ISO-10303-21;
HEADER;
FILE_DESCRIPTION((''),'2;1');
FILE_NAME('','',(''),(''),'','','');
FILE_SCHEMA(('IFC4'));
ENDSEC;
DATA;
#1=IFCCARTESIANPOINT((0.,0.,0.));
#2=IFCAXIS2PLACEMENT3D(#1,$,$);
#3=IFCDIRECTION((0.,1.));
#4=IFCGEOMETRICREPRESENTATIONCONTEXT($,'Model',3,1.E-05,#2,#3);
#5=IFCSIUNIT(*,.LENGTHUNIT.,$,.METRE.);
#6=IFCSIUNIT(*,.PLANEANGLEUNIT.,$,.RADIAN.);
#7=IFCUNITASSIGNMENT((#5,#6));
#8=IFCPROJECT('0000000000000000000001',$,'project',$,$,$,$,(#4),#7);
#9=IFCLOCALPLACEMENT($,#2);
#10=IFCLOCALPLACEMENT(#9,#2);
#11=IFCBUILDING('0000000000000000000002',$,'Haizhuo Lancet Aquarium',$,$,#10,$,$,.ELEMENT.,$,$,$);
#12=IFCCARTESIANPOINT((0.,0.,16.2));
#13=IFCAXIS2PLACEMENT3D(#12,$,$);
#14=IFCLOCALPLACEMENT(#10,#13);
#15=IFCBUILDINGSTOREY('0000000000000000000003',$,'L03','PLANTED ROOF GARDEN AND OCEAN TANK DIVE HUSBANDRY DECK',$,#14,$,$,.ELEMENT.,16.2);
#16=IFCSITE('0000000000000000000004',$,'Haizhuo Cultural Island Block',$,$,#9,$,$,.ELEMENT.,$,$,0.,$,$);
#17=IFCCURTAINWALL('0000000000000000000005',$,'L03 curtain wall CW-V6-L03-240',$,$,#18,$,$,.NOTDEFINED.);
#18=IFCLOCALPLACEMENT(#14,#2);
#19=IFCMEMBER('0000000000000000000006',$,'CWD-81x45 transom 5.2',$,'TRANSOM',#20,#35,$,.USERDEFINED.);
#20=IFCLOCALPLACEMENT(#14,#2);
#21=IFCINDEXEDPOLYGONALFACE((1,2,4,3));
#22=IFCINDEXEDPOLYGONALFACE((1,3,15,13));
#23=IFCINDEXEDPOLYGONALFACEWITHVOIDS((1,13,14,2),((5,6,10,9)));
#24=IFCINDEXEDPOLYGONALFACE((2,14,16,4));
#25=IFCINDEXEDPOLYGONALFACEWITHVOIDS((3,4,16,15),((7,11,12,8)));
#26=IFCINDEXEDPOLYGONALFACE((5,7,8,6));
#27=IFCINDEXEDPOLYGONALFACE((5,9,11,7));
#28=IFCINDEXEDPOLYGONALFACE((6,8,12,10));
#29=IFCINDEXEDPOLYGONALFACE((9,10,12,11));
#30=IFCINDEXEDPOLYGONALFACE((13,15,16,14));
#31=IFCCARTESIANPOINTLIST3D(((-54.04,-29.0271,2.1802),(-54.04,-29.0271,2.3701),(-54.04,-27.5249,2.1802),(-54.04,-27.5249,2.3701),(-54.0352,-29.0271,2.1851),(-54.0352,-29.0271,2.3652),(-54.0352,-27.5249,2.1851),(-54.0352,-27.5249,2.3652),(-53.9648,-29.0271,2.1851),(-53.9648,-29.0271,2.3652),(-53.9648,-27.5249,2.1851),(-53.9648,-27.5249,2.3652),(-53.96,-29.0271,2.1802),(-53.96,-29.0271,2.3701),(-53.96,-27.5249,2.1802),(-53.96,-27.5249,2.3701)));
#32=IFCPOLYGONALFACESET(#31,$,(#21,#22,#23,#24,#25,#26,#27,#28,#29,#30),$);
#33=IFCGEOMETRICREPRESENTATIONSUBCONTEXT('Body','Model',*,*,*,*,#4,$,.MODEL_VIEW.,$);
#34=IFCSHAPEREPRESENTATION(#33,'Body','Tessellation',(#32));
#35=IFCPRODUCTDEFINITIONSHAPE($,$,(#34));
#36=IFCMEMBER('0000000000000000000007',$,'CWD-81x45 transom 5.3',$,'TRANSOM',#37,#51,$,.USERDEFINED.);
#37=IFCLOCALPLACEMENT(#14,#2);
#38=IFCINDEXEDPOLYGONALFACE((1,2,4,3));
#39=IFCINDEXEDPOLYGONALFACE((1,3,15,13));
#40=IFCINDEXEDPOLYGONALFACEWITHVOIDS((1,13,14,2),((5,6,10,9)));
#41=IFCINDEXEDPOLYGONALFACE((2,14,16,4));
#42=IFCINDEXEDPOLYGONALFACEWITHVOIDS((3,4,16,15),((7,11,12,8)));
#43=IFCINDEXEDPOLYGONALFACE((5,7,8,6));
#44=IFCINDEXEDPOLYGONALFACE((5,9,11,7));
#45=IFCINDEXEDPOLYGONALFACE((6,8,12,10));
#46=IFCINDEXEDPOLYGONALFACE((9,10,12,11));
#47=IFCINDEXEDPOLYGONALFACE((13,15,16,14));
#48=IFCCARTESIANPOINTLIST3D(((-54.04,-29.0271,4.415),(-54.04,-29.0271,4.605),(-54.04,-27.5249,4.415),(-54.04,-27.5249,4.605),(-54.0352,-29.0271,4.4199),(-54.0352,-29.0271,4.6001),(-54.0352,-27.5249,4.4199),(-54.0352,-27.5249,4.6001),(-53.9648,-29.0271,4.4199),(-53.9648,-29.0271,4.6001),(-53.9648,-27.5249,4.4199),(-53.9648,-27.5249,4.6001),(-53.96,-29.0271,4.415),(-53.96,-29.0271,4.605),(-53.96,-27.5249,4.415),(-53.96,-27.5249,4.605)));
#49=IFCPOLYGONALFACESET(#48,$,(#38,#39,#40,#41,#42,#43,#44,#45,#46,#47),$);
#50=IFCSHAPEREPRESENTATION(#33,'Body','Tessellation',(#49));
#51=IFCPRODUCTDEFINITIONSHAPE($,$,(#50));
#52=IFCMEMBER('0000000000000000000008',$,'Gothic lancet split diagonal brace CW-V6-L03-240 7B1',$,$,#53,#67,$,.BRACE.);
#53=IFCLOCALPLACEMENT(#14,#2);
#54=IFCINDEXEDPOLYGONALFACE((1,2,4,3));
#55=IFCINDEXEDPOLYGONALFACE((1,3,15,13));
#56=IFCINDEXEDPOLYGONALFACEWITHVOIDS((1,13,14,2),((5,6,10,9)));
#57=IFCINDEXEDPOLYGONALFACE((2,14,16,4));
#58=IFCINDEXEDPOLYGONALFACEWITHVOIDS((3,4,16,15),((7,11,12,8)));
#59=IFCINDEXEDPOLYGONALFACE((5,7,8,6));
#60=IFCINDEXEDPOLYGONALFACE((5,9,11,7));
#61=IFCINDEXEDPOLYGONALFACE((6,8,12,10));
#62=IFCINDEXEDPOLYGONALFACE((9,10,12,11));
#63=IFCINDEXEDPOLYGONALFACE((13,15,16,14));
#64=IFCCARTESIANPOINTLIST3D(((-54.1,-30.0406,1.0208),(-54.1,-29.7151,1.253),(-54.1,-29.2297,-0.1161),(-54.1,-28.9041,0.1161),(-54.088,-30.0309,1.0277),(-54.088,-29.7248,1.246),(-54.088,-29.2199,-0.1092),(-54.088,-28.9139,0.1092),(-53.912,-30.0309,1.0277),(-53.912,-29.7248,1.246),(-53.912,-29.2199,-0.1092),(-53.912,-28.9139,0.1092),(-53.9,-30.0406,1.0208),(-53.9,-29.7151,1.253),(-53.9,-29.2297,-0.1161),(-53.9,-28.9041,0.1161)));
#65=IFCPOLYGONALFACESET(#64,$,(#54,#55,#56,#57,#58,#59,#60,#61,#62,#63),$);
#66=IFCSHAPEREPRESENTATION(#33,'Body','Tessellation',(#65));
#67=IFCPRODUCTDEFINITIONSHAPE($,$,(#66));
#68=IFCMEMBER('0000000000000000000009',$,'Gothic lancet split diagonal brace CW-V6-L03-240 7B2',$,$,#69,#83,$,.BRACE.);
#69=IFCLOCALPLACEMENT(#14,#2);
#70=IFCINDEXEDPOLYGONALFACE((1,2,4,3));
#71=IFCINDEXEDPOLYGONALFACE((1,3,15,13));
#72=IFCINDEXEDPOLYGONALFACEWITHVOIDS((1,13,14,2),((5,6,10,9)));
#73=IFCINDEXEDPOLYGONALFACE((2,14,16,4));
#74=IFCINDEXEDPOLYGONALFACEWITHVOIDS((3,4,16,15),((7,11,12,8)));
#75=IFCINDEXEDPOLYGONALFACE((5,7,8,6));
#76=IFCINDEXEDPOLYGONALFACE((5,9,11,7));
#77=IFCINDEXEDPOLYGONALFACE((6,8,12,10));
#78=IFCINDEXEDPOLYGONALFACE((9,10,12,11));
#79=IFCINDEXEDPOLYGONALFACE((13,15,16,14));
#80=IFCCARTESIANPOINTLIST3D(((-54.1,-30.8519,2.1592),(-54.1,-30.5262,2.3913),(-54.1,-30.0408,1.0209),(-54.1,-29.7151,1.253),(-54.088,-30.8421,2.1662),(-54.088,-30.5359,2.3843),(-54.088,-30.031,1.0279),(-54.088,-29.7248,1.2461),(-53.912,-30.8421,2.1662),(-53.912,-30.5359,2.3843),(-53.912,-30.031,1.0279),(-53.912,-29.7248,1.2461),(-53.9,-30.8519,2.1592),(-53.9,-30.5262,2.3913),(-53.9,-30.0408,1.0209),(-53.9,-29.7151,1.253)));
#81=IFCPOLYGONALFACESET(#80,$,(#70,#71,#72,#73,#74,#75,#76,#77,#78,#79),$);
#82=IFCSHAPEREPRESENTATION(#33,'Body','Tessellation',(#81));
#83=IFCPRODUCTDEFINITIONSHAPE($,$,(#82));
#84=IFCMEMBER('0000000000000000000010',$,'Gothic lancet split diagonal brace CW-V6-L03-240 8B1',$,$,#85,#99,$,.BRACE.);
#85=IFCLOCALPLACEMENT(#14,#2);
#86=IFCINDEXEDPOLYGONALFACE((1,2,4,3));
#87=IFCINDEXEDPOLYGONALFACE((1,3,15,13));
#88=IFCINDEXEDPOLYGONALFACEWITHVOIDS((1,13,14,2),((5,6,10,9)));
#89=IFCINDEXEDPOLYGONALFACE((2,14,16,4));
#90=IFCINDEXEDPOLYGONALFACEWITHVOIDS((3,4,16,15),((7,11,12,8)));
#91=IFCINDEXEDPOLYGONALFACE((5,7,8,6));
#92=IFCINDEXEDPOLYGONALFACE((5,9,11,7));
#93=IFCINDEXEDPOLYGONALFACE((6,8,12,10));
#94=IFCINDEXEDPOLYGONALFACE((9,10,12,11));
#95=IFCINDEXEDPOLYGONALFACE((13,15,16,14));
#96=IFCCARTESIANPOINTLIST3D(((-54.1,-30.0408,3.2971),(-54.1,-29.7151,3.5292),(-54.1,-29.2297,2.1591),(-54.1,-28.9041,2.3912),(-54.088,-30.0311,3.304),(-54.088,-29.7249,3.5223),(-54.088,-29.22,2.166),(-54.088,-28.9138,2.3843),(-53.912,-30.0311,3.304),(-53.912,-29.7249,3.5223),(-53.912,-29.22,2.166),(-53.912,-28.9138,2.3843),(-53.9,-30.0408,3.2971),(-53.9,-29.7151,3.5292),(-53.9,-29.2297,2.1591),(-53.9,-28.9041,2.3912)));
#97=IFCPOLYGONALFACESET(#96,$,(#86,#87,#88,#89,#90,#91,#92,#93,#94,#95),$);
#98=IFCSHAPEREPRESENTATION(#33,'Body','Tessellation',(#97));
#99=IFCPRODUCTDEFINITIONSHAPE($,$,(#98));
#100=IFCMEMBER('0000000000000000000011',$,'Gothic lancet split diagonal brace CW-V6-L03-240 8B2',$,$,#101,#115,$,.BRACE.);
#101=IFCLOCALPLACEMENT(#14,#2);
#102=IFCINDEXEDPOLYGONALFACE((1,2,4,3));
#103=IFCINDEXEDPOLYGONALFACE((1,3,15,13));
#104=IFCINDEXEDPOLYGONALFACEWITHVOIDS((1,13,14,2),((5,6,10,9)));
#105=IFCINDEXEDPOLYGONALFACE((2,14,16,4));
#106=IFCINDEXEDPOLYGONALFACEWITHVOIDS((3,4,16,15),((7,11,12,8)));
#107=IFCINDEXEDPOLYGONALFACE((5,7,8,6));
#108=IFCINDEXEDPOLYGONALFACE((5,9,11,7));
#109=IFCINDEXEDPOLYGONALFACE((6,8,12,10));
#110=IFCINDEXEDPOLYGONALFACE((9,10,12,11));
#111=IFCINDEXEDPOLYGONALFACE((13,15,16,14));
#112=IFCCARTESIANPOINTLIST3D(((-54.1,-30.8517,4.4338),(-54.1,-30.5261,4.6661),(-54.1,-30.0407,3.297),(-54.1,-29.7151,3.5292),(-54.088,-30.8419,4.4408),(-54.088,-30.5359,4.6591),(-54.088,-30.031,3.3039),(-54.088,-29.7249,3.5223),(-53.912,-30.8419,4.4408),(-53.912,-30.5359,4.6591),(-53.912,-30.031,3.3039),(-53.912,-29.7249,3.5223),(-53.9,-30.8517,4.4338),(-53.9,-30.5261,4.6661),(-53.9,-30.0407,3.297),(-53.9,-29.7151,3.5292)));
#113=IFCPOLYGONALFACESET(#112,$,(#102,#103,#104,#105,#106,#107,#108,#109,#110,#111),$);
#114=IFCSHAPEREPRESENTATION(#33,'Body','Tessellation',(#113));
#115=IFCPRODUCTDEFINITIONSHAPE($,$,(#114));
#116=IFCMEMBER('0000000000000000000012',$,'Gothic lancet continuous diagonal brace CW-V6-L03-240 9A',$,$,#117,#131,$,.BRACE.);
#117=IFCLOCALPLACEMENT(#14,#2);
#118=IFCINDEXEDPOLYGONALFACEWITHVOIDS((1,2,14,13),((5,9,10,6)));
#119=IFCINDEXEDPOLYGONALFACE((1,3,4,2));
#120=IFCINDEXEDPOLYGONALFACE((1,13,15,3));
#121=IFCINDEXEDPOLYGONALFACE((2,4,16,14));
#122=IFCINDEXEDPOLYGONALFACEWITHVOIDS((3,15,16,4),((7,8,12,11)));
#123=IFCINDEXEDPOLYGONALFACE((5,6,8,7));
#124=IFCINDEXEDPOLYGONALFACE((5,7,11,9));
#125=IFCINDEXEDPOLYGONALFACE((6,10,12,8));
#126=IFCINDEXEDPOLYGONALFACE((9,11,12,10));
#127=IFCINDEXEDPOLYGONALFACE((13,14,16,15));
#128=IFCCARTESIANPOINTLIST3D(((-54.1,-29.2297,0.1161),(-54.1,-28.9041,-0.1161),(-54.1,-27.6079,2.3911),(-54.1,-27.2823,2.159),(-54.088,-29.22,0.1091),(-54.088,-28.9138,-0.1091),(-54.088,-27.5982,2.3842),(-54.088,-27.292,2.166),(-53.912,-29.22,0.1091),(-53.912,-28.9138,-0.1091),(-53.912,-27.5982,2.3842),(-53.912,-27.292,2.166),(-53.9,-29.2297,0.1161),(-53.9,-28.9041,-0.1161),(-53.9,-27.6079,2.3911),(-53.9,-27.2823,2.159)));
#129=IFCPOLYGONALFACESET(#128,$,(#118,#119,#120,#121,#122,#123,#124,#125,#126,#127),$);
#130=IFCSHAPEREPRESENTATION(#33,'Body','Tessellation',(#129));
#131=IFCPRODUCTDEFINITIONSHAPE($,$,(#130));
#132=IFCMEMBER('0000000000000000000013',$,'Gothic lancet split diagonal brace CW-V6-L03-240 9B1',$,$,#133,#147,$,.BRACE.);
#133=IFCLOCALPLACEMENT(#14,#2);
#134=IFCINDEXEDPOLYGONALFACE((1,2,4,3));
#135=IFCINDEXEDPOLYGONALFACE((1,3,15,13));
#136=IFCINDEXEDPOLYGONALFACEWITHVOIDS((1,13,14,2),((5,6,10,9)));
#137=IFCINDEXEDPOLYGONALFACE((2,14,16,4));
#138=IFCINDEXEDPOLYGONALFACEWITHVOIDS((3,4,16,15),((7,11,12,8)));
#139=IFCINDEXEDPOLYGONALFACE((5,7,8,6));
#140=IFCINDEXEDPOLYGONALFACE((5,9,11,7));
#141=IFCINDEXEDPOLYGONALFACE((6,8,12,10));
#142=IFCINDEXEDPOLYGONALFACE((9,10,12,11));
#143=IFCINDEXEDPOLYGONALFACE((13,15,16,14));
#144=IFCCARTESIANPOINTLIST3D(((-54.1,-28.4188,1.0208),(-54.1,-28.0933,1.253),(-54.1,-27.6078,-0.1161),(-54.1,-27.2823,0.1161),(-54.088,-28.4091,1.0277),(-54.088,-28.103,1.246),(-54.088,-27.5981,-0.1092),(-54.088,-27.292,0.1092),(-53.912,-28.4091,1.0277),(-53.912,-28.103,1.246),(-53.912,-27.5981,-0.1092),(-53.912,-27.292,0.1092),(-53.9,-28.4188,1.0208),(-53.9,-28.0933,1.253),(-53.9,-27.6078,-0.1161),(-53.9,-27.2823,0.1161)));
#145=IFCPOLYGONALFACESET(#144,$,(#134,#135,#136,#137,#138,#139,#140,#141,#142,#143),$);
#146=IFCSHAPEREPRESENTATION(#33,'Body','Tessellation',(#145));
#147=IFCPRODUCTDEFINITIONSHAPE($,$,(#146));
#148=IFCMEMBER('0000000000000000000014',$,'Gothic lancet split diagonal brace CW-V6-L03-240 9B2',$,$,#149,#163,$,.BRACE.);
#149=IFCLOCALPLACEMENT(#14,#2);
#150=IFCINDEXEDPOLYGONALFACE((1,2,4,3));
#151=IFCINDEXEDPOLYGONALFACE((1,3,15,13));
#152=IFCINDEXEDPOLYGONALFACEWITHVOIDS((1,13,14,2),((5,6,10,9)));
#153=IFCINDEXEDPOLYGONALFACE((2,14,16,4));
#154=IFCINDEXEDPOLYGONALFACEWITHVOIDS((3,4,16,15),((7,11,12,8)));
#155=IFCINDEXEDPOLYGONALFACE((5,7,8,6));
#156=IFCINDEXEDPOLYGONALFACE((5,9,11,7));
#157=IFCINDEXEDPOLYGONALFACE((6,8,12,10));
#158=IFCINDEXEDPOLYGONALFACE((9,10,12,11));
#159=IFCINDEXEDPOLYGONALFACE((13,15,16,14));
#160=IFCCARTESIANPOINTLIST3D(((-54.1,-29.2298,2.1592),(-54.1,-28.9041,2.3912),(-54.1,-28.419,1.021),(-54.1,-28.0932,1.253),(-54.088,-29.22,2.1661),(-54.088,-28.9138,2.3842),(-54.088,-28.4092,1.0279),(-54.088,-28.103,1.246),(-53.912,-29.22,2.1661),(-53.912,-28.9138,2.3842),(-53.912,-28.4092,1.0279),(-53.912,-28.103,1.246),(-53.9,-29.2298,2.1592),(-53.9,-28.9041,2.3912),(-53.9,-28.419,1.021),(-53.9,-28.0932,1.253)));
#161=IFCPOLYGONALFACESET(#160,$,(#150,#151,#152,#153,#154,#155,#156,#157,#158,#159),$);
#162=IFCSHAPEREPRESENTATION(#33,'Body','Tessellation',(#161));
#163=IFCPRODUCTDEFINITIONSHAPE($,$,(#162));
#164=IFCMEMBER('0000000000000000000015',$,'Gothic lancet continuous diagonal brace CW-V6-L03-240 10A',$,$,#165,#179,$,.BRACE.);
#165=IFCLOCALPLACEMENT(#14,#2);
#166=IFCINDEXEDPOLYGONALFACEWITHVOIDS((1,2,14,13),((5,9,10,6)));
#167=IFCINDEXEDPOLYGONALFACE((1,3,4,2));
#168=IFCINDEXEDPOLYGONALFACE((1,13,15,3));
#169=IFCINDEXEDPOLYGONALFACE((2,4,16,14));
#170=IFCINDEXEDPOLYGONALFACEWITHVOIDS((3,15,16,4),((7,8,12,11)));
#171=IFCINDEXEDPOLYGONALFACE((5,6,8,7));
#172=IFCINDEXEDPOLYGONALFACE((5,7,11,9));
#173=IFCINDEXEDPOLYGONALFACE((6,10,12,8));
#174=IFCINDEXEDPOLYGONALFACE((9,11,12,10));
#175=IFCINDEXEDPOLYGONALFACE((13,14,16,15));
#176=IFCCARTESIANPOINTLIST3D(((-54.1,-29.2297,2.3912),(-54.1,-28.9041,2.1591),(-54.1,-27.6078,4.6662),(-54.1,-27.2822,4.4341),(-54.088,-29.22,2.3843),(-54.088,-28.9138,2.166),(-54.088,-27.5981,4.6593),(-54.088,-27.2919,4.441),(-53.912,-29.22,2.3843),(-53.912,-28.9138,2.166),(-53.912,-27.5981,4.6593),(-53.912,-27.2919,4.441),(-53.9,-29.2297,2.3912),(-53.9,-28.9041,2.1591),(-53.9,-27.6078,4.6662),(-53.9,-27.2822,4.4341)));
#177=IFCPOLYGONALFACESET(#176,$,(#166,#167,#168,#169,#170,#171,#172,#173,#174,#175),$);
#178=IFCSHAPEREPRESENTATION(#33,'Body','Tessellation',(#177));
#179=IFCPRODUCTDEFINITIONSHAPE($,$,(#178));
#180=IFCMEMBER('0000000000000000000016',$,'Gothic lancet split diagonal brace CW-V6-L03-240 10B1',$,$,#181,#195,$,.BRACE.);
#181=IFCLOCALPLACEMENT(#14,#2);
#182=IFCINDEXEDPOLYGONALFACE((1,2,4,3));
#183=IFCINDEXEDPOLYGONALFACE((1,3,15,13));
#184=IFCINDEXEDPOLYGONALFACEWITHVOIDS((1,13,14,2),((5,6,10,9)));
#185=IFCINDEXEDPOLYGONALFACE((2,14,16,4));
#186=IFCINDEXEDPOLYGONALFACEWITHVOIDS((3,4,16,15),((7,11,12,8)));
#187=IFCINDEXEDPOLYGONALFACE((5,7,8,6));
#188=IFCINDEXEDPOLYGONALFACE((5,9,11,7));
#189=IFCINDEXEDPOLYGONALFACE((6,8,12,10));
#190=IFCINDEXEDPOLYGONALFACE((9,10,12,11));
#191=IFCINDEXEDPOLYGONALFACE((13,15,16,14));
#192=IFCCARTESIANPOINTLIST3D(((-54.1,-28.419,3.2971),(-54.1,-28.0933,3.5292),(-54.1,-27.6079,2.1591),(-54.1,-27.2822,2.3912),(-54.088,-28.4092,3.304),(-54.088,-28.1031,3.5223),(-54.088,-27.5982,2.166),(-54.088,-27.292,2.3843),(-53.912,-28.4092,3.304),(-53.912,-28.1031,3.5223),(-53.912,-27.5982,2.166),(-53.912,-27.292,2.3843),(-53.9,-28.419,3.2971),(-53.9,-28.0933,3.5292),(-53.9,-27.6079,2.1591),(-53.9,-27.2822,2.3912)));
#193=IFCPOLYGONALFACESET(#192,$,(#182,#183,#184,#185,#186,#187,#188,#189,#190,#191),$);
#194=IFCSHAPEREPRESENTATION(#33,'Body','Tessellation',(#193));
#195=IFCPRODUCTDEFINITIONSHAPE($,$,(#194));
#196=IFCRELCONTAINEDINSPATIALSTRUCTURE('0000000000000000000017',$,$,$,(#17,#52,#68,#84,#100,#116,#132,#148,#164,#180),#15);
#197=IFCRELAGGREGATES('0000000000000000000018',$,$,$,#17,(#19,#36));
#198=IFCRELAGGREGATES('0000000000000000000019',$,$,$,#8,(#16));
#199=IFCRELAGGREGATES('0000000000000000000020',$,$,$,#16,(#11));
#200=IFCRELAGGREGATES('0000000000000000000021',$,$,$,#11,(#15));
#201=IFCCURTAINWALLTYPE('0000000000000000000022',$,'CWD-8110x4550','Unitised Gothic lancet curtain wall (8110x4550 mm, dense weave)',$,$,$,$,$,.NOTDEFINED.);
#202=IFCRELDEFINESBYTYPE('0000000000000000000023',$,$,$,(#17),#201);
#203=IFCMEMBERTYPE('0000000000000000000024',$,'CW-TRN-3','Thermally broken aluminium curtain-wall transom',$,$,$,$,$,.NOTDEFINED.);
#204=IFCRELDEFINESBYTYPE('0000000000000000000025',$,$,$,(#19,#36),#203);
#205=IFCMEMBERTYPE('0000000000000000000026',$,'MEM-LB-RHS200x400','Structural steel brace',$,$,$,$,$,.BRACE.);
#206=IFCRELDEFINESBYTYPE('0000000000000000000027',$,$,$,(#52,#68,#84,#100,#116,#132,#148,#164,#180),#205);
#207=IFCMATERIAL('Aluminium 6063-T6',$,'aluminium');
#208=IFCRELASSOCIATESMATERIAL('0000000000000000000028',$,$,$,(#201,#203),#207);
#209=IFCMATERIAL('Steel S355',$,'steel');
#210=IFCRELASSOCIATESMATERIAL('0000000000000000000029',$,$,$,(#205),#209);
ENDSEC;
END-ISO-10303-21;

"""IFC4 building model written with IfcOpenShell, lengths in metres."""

from ifc_helpers import new_model, si_unit, direction, frame, origin, origin_2d, place, context, subcontext, project, spatial, hollow_rectangle, extrude, material, material_profile, profile_set, type_object, element, aggregate, save


model = new_model("IFC4")

# Units and contexts
model_context = context("Model", 3, precision=1e-05, world=origin(), true_north=direction((0.0, 1.0)))
body_context = subcontext(model_context, "Body", "Model", "MODEL_VIEW")
ifc_project = project(units=[si_unit("LENGTHUNIT", "METRE"), si_unit("PLANEANGLEUNIT", "RADIAN")], contexts=[model_context])

# Site, building, storey
site_placement = place(None, origin())
site = spatial("IfcSite", under=ifc_project, at=site_placement, Name="Haizhuo Cultural Island Block", CompositionType="ELEMENT", RefElevation=0.0)
building_placement = place(site_placement, origin())
building = spatial("IfcBuilding", under=site, at=building_placement, Name="Haizhuo Lancet Aquarium", CompositionType="ELEMENT")
storey_placement = place(building_placement, frame((0.0, 0.0, 16.2)))
storey = spatial("IfcBuildingStorey", under=building, at=storey_placement, Name="L03", Description="PLANTED ROOF GARDEN AND OCEAN TANK DIVE HUSBANDRY DECK", CompositionType="ELEMENT", Elevation=16.2)

# Shared definitions
ifc_material_1 = material(Name="Steel S355", Category="steel")

# Curtain wall, members
ifc_material_2 = material(Name="Aluminium 6063-T6", Category="aluminium")
curtain_wall_type = type_object("IfcCurtainWallType", Name="CWD-8110x4550", Description="Unitised Gothic lancet curtain wall (8110x4550 mm, dense weave)", PredefinedType="NOTDEFINED", material=ifc_material_2)
curtain_wall_placement = place(storey_placement, origin())
curtain_wall = element("IfcCurtainWall", 1, at=curtain_wall_placement, inside=storey, type_object=curtain_wall_type, Name="L03 curtain wall CW-V6-L03-240", PredefinedType="NOTDEFINED")
ifc_material_profile_1 = material_profile(ifc_material_2, hollow_rectangle(XDim=0.0801, YDim=0.1899, WallThickness=0.0049, at=origin_2d()), Name="ALU-T 80x190x5")
ifc_profile_set_1 = profile_set([ifc_material_profile_1], Name="Aluminium 6063-T6")
member_type_1 = type_object("IfcMemberType", Name="CW-TRN-3", Description="Thermally broken aluminium curtain-wall transom", PredefinedType="NOTDEFINED", material=ifc_profile_set_1)
member_1_placement = place(storey_placement, frame((-54.0, -29.0271, 2.2751), z_axis=(0.0, 1.0, 0.0), x_axis=(-1.0, 0.0, 0.0)))
member_1 = element("IfcMember", 2, at=member_1_placement, type_object=member_type_1, Name="CWD-81x45 transom 5.2", ObjectType="TRANSOM", PredefinedType="USERDEFINED", context=body_context, shape_type="SweptSolid", body=[
    extrude(hollow_rectangle(XDim=0.0801, YDim=0.1899, WallThickness=0.0049, at=origin_2d()), origin(), (0.0, 0.0, 1.0), 1.5022),
])
member_2_placement = place(storey_placement, frame((-54.0, -29.0271, 4.51), z_axis=(0.0, 1.0, 0.0), x_axis=(-1.0, 0.0, 0.0)))
member_2 = element("IfcMember", 3, at=member_2_placement, type_object=member_type_1, Name="CWD-81x45 transom 5.3", ObjectType="TRANSOM", PredefinedType="USERDEFINED", context=body_context, shape_type="SweptSolid", body=[
    extrude(hollow_rectangle(XDim=0.0801, YDim=0.1899, WallThickness=0.0049, at=origin_2d()), origin(), (0.0, 0.0, 1.0), 1.5022),
])

# Members
ifc_material_profile_2 = material_profile(ifc_material_1, hollow_rectangle(XDim=0.2, YDim=0.3999, WallThickness=0.012, at=origin_2d()), Name="RHS 200x400x12")
ifc_profile_set_2 = profile_set([ifc_material_profile_2], Name="Steel S355")
member_type_2 = type_object("IfcMemberType", Name="MEM-LB-RHS200x400", Description="Structural steel brace", PredefinedType="BRACE", material=ifc_profile_set_2)
member_3_placement = place(storey_placement, frame((-54.0, -29.0669, 0.0), z_axis=(0.0, -0.580725, 0.814099), x_axis=(1.0, 0.0, 0.0)))
element("IfcMember", 4, at=member_3_placement, inside=storey, type_object=member_type_2, Name="Gothic lancet split diagonal brace CW-V6-L03-240 7B1", PredefinedType="BRACE", context=body_context, shape_type="SweptSolid", body=[
    extrude(hollow_rectangle(XDim=0.2, YDim=0.3999, WallThickness=0.012, at=origin_2d()), origin(), (0.0, 0.0, 1.0), 1.3965),
])
member_4_placement = place(storey_placement, frame((-54.0, -29.8779, 1.137), z_axis=(0.0, -0.580312, 0.814394), x_axis=(1.0, 0.0, 0.0)))
element("IfcMember", 5, at=member_4_placement, inside=storey, type_object=member_type_2, Name="Gothic lancet split diagonal brace CW-V6-L03-240 7B2", PredefinedType="BRACE", context=body_context, shape_type="SweptSolid", body=[
    extrude(hollow_rectangle(XDim=0.2, YDim=0.3999, WallThickness=0.012, at=origin_2d()), origin(), (0.0, 0.0, 1.0), 1.3977),
])
member_5_placement = place(storey_placement, frame((-54.0, -29.0669, 2.2751), z_axis=(0.0, -0.580395, 0.814335), x_axis=(1.0, 0.0, 0.0)))
element("IfcMember", 6, at=member_5_placement, inside=storey, type_object=member_type_2, Name="Gothic lancet split diagonal brace CW-V6-L03-240 8B1", PredefinedType="BRACE", context=body_context, shape_type="SweptSolid", body=[
    extrude(hollow_rectangle(XDim=0.2, YDim=0.3999, WallThickness=0.012, at=origin_2d()), origin(), (0.0, 0.0, 1.0), 1.3975),
])
member_6_placement = place(storey_placement, frame((-54.0, -29.8779, 3.4131), z_axis=(0.0, -0.580725, 0.814099), x_axis=(1.0, 0.0, 0.0)))
element("IfcMember", 7, at=member_6_placement, inside=storey, type_object=member_type_2, Name="Gothic lancet split diagonal brace CW-V6-L03-240 8B2", PredefinedType="BRACE", context=body_context, shape_type="SweptSolid", body=[
    extrude(hollow_rectangle(XDim=0.2, YDim=0.3999, WallThickness=0.012, at=origin_2d()), origin(), (0.0, 0.0, 1.0), 1.3965),
])
member_7_placement = place(storey_placement, frame((-54.0, -29.0669, 0.0), z_axis=(0.0, 0.580461, 0.814288), x_axis=(-1.0, 0.0, 0.0)))
element("IfcMember", 8, at=member_7_placement, inside=storey, type_object=member_type_2, Name="Gothic lancet continuous diagonal brace CW-V6-L03-240 9A", PredefinedType="BRACE", context=body_context, shape_type="SweptSolid", body=[
    extrude(hollow_rectangle(XDim=0.2, YDim=0.3999, WallThickness=0.012, at=origin_2d()), origin(), (0.0, 0.0, 1.0), 2.7939),
])
member_8_placement = place(storey_placement, frame((-54.0, -27.4451, 0.0), z_axis=(0.0, -0.580725, 0.814099), x_axis=(1.0, 0.0, 0.0)))
element("IfcMember", 9, at=member_8_placement, inside=storey, type_object=member_type_2, Name="Gothic lancet split diagonal brace CW-V6-L03-240 9B1", PredefinedType="BRACE", context=body_context, shape_type="SweptSolid", body=[
    extrude(hollow_rectangle(XDim=0.2, YDim=0.3999, WallThickness=0.012, at=origin_2d()), origin(), (0.0, 0.0, 1.0), 1.3965),
])
member_9_placement = place(storey_placement, frame((-54.0, -28.2561, 1.137), z_axis=(0.0, -0.580197, 0.814476), x_axis=(1.0, 0.0, 0.0)))
element("IfcMember", 10, at=member_9_placement, inside=storey, type_object=member_type_2, Name="Gothic lancet split diagonal brace CW-V6-L03-240 9B2", PredefinedType="BRACE", context=body_context, shape_type="SweptSolid", body=[
    extrude(hollow_rectangle(XDim=0.2, YDim=0.3999, WallThickness=0.012, at=origin_2d()), origin(), (0.0, 0.0, 1.0), 1.3975),
])
member_10_placement = place(storey_placement, frame((-54.0, -29.0669, 2.2751), z_axis=(0.0, 0.580502, 0.814259), x_axis=(-1.0, 0.0, 0.0)))
element("IfcMember", 11, at=member_10_placement, inside=storey, type_object=member_type_2, Name="Gothic lancet continuous diagonal brace CW-V6-L03-240 10A", PredefinedType="BRACE", context=body_context, shape_type="SweptSolid", body=[
    extrude(hollow_rectangle(XDim=0.2, YDim=0.3999, WallThickness=0.012, at=origin_2d()), origin(), (0.0, 0.0, 1.0), 2.7939),
])
member_11_placement = place(storey_placement, frame((-54.0, -27.4451, 2.2751), z_axis=(0.0, -0.580395, 0.814335), x_axis=(1.0, 0.0, 0.0)))
element("IfcMember", 12, at=member_11_placement, inside=storey, type_object=member_type_2, Name="Gothic lancet split diagonal brace CW-V6-L03-240 10B1", PredefinedType="BRACE", context=body_context, shape_type="SweptSolid", body=[
    extrude(hollow_rectangle(XDim=0.2, YDim=0.3999, WallThickness=0.012, at=origin_2d()), origin(), (0.0, 0.0, 1.0), 1.3975),
])

aggregate(curtain_wall, [member_1, member_2])

save(model, "model.ifc")
